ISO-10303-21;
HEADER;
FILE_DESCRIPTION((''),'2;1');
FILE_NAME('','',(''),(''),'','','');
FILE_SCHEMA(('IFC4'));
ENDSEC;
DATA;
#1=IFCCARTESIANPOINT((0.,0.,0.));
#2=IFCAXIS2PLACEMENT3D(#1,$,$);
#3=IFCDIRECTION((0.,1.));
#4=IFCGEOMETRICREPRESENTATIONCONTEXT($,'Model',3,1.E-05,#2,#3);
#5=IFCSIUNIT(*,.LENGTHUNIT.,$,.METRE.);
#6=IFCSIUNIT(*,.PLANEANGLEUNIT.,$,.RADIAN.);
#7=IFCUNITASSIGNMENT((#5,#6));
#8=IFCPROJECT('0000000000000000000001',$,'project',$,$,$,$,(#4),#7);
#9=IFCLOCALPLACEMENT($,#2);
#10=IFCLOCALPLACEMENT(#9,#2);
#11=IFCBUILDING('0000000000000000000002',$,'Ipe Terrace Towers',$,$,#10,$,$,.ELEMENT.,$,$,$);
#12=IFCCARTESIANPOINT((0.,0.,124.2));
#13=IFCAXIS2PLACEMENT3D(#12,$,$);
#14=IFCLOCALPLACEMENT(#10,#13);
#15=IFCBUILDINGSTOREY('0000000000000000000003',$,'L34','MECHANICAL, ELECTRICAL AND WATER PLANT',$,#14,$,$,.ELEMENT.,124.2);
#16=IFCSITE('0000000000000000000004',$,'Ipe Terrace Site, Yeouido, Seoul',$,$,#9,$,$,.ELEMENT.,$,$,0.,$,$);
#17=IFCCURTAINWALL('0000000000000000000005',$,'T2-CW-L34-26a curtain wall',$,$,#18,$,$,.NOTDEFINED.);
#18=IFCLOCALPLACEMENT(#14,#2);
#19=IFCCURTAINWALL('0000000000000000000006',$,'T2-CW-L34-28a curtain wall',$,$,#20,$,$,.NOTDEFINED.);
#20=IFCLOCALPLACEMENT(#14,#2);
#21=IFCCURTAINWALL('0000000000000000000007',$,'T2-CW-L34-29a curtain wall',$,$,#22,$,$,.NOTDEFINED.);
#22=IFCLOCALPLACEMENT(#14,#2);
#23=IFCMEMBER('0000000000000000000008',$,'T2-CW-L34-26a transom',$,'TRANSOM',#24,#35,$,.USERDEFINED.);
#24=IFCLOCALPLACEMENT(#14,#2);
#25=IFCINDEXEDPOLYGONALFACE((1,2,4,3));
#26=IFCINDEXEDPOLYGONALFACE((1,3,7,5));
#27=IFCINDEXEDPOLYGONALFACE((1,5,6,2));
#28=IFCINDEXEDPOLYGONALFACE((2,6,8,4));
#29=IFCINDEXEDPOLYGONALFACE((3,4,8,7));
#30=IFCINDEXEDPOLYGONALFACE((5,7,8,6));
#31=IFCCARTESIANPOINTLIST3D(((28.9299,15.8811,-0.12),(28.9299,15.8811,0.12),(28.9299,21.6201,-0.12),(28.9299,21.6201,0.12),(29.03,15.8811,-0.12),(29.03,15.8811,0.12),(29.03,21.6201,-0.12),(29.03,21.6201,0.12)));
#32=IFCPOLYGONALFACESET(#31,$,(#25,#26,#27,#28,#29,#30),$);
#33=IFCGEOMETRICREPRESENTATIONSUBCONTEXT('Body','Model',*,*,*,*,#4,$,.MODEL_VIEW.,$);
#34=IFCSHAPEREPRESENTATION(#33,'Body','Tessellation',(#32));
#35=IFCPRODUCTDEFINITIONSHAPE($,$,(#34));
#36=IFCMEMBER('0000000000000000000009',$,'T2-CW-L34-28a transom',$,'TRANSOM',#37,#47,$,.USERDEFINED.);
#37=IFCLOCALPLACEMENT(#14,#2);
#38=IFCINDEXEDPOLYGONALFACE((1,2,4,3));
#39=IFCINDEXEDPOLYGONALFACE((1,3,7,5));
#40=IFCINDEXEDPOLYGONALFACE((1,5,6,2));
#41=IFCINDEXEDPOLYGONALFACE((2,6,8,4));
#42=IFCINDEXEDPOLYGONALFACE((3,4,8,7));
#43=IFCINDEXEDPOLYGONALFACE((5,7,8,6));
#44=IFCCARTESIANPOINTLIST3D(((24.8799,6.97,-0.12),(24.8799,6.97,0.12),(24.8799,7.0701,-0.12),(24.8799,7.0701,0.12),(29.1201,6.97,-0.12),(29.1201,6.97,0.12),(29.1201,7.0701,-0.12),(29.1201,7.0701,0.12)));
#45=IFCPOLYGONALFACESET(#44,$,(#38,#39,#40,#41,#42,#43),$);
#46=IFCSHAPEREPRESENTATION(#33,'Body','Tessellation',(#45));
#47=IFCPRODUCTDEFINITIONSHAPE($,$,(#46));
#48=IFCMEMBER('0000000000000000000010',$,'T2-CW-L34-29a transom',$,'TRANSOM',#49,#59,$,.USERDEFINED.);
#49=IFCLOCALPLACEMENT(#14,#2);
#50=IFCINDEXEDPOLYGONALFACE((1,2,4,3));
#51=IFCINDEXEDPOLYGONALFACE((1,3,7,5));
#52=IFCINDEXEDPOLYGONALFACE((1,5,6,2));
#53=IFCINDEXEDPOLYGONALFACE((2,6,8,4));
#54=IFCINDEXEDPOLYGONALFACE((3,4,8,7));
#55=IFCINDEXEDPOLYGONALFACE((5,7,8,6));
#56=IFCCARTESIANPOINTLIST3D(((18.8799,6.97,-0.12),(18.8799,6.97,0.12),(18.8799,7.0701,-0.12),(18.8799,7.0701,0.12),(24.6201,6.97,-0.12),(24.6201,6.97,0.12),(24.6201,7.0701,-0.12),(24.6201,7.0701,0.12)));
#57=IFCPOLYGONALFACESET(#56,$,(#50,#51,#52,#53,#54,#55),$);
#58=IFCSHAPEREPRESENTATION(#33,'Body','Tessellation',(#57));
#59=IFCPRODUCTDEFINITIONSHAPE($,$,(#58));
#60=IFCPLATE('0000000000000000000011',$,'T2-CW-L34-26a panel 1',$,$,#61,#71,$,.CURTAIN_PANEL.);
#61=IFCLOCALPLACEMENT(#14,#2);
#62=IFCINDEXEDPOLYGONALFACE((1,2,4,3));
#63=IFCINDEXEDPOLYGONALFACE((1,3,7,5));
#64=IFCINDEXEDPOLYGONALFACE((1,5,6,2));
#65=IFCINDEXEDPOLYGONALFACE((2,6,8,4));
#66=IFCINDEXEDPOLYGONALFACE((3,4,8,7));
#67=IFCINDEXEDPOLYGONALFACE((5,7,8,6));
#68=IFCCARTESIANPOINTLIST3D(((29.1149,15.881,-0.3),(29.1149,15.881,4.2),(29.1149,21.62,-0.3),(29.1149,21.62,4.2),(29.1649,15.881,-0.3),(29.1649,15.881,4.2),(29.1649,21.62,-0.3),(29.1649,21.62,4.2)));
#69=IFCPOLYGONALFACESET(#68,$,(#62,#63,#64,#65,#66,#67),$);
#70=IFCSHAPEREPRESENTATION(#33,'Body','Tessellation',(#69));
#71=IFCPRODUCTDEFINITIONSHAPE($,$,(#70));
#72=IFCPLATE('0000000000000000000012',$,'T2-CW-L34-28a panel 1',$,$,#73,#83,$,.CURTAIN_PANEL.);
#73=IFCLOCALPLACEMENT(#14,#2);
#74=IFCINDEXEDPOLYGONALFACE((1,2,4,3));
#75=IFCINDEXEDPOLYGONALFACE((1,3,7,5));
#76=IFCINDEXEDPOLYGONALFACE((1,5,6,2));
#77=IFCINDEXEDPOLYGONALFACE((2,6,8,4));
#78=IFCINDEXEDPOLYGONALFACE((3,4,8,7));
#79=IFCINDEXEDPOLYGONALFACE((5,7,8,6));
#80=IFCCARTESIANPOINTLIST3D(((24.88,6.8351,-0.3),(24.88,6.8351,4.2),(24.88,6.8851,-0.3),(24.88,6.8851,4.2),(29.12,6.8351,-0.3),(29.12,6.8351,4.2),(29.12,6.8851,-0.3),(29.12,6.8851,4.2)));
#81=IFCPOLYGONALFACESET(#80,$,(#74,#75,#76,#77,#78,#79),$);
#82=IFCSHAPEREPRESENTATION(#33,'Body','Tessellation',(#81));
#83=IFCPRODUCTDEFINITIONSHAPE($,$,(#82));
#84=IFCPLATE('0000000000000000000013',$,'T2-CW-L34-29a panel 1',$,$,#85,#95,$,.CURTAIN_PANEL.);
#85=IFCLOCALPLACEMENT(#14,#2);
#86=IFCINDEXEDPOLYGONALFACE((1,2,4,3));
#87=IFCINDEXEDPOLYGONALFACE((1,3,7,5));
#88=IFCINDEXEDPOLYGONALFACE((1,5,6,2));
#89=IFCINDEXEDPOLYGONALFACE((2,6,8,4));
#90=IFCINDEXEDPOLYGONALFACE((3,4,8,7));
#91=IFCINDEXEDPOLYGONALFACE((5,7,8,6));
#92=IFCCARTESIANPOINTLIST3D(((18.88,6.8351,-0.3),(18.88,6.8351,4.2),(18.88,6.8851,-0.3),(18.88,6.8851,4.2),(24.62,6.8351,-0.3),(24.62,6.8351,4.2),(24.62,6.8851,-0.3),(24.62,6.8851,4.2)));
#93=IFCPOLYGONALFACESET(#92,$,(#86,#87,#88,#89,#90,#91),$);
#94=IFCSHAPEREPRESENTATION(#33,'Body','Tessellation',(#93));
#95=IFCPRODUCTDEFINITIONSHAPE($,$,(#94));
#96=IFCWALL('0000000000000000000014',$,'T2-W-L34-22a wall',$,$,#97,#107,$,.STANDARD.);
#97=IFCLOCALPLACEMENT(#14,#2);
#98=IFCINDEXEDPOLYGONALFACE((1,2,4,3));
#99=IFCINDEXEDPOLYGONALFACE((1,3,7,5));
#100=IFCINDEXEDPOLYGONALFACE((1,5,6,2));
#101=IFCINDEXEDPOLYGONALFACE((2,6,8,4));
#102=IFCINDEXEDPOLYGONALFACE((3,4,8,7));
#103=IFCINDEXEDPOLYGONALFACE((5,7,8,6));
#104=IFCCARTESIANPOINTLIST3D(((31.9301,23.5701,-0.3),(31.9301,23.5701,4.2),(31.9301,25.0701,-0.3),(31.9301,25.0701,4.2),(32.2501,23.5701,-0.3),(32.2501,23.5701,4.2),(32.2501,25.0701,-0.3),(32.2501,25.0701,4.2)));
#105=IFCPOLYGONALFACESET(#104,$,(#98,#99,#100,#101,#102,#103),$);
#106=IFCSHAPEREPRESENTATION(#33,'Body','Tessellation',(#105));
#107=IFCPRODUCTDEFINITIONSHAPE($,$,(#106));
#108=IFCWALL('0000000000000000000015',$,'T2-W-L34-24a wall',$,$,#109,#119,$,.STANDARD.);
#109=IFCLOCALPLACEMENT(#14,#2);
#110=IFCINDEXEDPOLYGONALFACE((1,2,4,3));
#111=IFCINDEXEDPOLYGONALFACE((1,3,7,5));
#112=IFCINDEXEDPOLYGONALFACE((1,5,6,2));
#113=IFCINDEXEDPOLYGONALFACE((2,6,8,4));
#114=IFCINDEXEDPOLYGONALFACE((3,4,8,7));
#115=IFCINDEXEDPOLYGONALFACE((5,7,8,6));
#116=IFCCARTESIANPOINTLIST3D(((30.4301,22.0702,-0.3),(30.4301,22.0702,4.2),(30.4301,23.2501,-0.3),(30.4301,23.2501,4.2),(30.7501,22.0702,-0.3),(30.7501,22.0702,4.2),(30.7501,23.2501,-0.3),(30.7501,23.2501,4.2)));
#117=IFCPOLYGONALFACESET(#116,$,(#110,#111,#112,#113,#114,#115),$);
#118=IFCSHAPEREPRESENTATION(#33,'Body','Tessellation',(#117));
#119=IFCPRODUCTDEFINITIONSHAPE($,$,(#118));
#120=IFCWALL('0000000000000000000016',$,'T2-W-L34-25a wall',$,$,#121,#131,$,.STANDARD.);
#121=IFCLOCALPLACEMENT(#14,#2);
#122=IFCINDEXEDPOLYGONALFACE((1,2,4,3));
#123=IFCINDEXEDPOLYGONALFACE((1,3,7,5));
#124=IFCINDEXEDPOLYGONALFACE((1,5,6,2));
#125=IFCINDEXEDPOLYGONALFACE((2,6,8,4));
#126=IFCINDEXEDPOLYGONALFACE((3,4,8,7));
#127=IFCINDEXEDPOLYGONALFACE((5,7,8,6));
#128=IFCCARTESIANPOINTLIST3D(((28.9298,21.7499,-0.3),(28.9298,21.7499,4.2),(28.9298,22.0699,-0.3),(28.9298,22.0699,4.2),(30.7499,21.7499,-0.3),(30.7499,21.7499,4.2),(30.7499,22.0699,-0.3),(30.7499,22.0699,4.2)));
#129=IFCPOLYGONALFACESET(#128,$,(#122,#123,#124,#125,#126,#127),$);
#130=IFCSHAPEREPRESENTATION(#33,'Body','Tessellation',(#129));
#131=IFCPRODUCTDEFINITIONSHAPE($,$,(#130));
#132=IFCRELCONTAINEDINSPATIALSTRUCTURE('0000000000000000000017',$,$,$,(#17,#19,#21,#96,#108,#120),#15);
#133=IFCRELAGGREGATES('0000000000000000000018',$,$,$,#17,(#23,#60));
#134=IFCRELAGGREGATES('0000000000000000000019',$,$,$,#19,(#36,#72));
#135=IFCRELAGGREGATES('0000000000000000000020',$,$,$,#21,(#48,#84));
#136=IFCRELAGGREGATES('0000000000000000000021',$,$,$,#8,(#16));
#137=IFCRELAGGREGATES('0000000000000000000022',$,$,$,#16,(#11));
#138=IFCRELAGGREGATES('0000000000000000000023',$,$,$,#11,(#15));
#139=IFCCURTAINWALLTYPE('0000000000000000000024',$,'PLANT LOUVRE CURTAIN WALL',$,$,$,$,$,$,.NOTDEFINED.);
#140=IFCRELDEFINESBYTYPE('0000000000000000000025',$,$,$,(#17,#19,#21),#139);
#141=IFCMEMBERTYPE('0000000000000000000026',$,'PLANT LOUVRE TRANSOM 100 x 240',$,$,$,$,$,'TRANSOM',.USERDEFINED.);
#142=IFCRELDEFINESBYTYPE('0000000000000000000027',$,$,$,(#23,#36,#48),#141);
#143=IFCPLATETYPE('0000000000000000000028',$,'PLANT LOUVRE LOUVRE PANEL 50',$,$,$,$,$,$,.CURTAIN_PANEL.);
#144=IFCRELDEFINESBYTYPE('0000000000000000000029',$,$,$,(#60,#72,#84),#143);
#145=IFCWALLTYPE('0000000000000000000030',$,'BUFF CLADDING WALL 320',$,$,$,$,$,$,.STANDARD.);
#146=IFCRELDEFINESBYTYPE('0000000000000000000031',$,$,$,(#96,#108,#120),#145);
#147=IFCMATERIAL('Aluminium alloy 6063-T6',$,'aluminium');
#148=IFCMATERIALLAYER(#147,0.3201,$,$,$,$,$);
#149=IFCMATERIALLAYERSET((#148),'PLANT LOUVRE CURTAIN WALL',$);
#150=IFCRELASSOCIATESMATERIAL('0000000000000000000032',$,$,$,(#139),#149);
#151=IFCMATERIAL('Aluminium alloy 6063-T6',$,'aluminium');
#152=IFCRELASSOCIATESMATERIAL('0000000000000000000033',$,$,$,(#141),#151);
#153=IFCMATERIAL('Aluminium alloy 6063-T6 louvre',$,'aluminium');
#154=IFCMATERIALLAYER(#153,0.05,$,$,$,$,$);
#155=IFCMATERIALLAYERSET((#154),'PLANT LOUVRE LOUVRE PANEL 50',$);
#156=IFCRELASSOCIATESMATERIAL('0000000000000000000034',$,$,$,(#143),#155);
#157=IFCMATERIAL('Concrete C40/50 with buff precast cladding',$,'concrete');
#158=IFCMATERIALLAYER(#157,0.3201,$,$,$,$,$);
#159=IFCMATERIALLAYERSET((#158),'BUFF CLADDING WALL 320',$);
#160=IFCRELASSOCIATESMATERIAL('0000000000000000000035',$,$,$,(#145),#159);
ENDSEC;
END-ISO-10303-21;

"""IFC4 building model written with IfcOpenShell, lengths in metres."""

from ifc_helpers import new_model, si_unit, direction, frame, frame_2d, origin, origin_2d, place, context, subcontext, project, spatial, rectangle, extrude, material, layer, layer_set, material_profile, profile_set, type_object, element, aggregate, save


model = new_model("IFC4")

# Units and contexts
model_context = context("Model", 3, precision=1e-05, world=origin(), true_north=direction((0.0, 1.0)))
body_context = subcontext(model_context, "Body", "Model", "MODEL_VIEW")
ifc_project = project(units=[si_unit("LENGTHUNIT", "METRE"), si_unit("PLANEANGLEUNIT", "RADIAN")], contexts=[model_context])

# Site, building, storey
site_placement = place(None, origin())
site = spatial("IfcSite", under=ifc_project, at=site_placement, Name="Ipe Terrace Site, Yeouido, Seoul", CompositionType="ELEMENT", RefElevation=0.0)
building_placement = place(site_placement, origin())
building = spatial("IfcBuilding", under=site, at=building_placement, Name="Ipe Terrace Towers", CompositionType="ELEMENT")
storey_placement = place(building_placement, frame((0.0, 0.0, 124.2)))
storey = spatial("IfcBuildingStorey", under=building, at=storey_placement, Name="L34", Description="MECHANICAL, ELECTRICAL AND WATER PLANT", CompositionType="ELEMENT", Elevation=124.2)

# Curtain walls
ifc_material_1 = material(Name="Aluminium alloy 6063-T6", Category="aluminium")
ifc_layer_1 = layer(ifc_material_1, 0.3201)
ifc_layer_set_1 = layer_set([ifc_layer_1], Name="PLANT LOUVRE CURTAIN WALL")
curtain_wall_type = type_object("IfcCurtainWallType", Name="PLANT LOUVRE CURTAIN WALL", PredefinedType="NOTDEFINED", material=ifc_layer_set_1)
curtain_wall_1_placement = place(storey_placement, origin())
curtain_wall_1 = element("IfcCurtainWall", 1, at=curtain_wall_1_placement, inside=storey, type_object=curtain_wall_type, Name="T2-CW-L34-26a curtain wall", PredefinedType="NOTDEFINED")
curtain_wall_2_placement = place(storey_placement, origin())
curtain_wall_2 = element("IfcCurtainWall", 2, at=curtain_wall_2_placement, inside=storey, type_object=curtain_wall_type, Name="T2-CW-L34-28a curtain wall", PredefinedType="NOTDEFINED")

# Curtain wall
curtain_wall_3_placement = place(storey_placement, origin())
curtain_wall_3 = element("IfcCurtainWall", 3, at=curtain_wall_3_placement, inside=storey, type_object=curtain_wall_type, Name="T2-CW-L34-29a curtain wall", PredefinedType="NOTDEFINED")

# Members
ifc_material_2 = material(Name="Aluminium alloy 6063-T6", Category="aluminium")
ifc_material_profile_1 = material_profile(ifc_material_2, rectangle(XDim=0.1001, YDim=0.24, at=origin_2d()), Name="PLANT LOUVRE TRANSOM 100 x 240")
ifc_profile_set_1 = profile_set([ifc_material_profile_1], Name="Aluminium alloy 6063-T6")
member_type_1 = type_object("IfcMemberType", Name="PLANT LOUVRE TRANSOM 100 x 240", ElementType="TRANSOM", PredefinedType="USERDEFINED", material=ifc_profile_set_1)
member_1_placement = place(storey_placement, frame((28.98, 21.6201, 0.0), z_axis=(0.0, -1.0, 0.0), x_axis=(-1.0, 0.0, 0.0)))
member_1 = element("IfcMember", 4, at=member_1_placement, type_object=member_type_1, Name="T2-CW-L34-26a transom", ObjectType="TRANSOM", PredefinedType="USERDEFINED", context=body_context, shape_type="SweptSolid", body=[
    extrude(rectangle(XDim=0.1001, YDim=0.24, at=origin_2d()), origin(), (0.0, 0.0, 1.0), 5.739),
])
member_2_placement = place(storey_placement, frame((29.1201, 7.02, 0.0), z_axis=(-1.0, 0.0, 0.0), x_axis=(0.0, 1.0, 0.0)))
member_2 = element("IfcMember", 5, at=member_2_placement, type_object=member_type_1, Name="T2-CW-L34-28a transom", ObjectType="TRANSOM", PredefinedType="USERDEFINED", context=body_context, shape_type="SweptSolid", body=[
    extrude(rectangle(XDim=0.1001, YDim=0.24, at=origin_2d()), origin(), (0.0, 0.0, 1.0), 4.2402),
])
member_3_placement = place(storey_placement, frame((24.6201, 7.02, 0.0), z_axis=(-1.0, 0.0, 0.0), x_axis=(0.0, 1.0, 0.0)))
member_3 = element("IfcMember", 6, at=member_3_placement, type_object=member_type_1, Name="T2-CW-L34-29a transom", ObjectType="TRANSOM", PredefinedType="USERDEFINED", context=body_context, shape_type="SweptSolid", body=[
    extrude(rectangle(XDim=0.1001, YDim=0.24, at=origin_2d()), origin(), (0.0, 0.0, 1.0), 5.7402),
])

# Plates
ifc_material_3 = material(Name="Aluminium alloy 6063-T6 louvre", Category="aluminium")
ifc_layer_2 = layer(ifc_material_3, 0.05)
ifc_layer_set_2 = layer_set([ifc_layer_2], Name="PLANT LOUVRE LOUVRE PANEL 50")
plate_type = type_object("IfcPlateType", Name="PLANT LOUVRE LOUVRE PANEL 50", PredefinedType="CURTAIN_PANEL", material=ifc_layer_set_2)
plate_1_placement = place(storey_placement, frame((29.1399, 18.7505, -0.3), z_axis=(0.0, 0.0, 1.0), x_axis=(0.0, -1.0, 0.0)))
plate_1 = element("IfcPlate", 7, at=plate_1_placement, type_object=plate_type, Name="T2-CW-L34-26a panel 1", PredefinedType="CURTAIN_PANEL", context=body_context, shape_type="SweptSolid", body=[
    extrude(rectangle(XDim=5.739, YDim=0.05, at=origin_2d()), origin(), (0.0, 0.0, 1.0), 4.5),
])
aggregate(curtain_wall_1, [member_1, plate_1])
plate_2_placement = place(storey_placement, frame((27.0, 6.8601, -0.3), z_axis=(0.0, 0.0, 1.0), x_axis=(-1.0, 0.0, 0.0)))
plate_2 = element("IfcPlate", 8, at=plate_2_placement, type_object=plate_type, Name="T2-CW-L34-28a panel 1", PredefinedType="CURTAIN_PANEL", context=body_context, shape_type="SweptSolid", body=[
    extrude(rectangle(XDim=4.24, YDim=0.05, at=origin_2d()), origin(), (0.0, 0.0, 1.0), 4.5),
])
aggregate(curtain_wall_2, [member_2, plate_2])
plate_3_placement = place(storey_placement, frame((21.75, 6.8601, -0.3), z_axis=(0.0, 0.0, 1.0), x_axis=(-1.0, 0.0, 0.0)))
plate_3 = element("IfcPlate", 9, at=plate_3_placement, type_object=plate_type, Name="T2-CW-L34-29a panel 1", PredefinedType="CURTAIN_PANEL", context=body_context, shape_type="SweptSolid", body=[
    extrude(rectangle(XDim=5.74, YDim=0.05, at=origin_2d()), origin(), (0.0, 0.0, 1.0), 4.5),
])
aggregate(curtain_wall_3, [member_3, plate_3])

# Walls
ifc_material_4 = material(Name="Concrete C40/50 with buff precast cladding", Category="concrete")
ifc_layer_3 = layer(ifc_material_4, 0.3201)
ifc_layer_set_3 = layer_set([ifc_layer_3], Name="BUFF CLADDING WALL 320")
wall_type_1 = type_object("IfcWallType", Name="BUFF CLADDING WALL 320", PredefinedType="STANDARD", material=ifc_layer_set_3)
wall_1_placement = place(storey_placement, frame((32.0901, 25.0701, -0.3), z_axis=(0.0, 0.0, 1.0), x_axis=(0.0, -1.0, 0.0)))
element("IfcWall", 10, at=wall_1_placement, inside=storey, type_object=wall_type_1, Name="T2-W-L34-22a wall", PredefinedType="STANDARD", context=body_context, shape_type="SweptSolid", body=[
    extrude(rectangle(XDim=1.5, YDim=0.3201, at=frame_2d((0.75, 0.0))), origin(), (0.0, 0.0, 1.0), 4.5),
])
wall_2_placement = place(storey_placement, frame((30.5901, 23.25, -0.3), z_axis=(0.0, 0.0, 1.0), x_axis=(0.0, -1.0, 0.0)))
element("IfcWall", 11, at=wall_2_placement, inside=storey, type_object=wall_type_1, Name="T2-W-L34-24a wall", PredefinedType="STANDARD", context=body_context, shape_type="SweptSolid", body=[
    extrude(rectangle(XDim=1.1799, YDim=0.3201, at=frame_2d((0.5898, 0.0))), origin(), (0.0, 0.0, 1.0), 4.5),
])
wall_3_placement = place(storey_placement, frame((30.75, 21.9099, -0.3), z_axis=(0.0, 0.0, 1.0), x_axis=(-1.0, 0.0, 0.0)))
element("IfcWall", 12, at=wall_3_placement, inside=storey, type_object=wall_type_1, Name="T2-W-L34-25a wall", PredefinedType="STANDARD", context=body_context, shape_type="SweptSolid", body=[
    extrude(rectangle(XDim=1.8201, YDim=0.3201, at=frame_2d((0.9102, 0.0))), origin(), (0.0, 0.0, 1.0), 4.5),
])

save(model, "model.ifc")
